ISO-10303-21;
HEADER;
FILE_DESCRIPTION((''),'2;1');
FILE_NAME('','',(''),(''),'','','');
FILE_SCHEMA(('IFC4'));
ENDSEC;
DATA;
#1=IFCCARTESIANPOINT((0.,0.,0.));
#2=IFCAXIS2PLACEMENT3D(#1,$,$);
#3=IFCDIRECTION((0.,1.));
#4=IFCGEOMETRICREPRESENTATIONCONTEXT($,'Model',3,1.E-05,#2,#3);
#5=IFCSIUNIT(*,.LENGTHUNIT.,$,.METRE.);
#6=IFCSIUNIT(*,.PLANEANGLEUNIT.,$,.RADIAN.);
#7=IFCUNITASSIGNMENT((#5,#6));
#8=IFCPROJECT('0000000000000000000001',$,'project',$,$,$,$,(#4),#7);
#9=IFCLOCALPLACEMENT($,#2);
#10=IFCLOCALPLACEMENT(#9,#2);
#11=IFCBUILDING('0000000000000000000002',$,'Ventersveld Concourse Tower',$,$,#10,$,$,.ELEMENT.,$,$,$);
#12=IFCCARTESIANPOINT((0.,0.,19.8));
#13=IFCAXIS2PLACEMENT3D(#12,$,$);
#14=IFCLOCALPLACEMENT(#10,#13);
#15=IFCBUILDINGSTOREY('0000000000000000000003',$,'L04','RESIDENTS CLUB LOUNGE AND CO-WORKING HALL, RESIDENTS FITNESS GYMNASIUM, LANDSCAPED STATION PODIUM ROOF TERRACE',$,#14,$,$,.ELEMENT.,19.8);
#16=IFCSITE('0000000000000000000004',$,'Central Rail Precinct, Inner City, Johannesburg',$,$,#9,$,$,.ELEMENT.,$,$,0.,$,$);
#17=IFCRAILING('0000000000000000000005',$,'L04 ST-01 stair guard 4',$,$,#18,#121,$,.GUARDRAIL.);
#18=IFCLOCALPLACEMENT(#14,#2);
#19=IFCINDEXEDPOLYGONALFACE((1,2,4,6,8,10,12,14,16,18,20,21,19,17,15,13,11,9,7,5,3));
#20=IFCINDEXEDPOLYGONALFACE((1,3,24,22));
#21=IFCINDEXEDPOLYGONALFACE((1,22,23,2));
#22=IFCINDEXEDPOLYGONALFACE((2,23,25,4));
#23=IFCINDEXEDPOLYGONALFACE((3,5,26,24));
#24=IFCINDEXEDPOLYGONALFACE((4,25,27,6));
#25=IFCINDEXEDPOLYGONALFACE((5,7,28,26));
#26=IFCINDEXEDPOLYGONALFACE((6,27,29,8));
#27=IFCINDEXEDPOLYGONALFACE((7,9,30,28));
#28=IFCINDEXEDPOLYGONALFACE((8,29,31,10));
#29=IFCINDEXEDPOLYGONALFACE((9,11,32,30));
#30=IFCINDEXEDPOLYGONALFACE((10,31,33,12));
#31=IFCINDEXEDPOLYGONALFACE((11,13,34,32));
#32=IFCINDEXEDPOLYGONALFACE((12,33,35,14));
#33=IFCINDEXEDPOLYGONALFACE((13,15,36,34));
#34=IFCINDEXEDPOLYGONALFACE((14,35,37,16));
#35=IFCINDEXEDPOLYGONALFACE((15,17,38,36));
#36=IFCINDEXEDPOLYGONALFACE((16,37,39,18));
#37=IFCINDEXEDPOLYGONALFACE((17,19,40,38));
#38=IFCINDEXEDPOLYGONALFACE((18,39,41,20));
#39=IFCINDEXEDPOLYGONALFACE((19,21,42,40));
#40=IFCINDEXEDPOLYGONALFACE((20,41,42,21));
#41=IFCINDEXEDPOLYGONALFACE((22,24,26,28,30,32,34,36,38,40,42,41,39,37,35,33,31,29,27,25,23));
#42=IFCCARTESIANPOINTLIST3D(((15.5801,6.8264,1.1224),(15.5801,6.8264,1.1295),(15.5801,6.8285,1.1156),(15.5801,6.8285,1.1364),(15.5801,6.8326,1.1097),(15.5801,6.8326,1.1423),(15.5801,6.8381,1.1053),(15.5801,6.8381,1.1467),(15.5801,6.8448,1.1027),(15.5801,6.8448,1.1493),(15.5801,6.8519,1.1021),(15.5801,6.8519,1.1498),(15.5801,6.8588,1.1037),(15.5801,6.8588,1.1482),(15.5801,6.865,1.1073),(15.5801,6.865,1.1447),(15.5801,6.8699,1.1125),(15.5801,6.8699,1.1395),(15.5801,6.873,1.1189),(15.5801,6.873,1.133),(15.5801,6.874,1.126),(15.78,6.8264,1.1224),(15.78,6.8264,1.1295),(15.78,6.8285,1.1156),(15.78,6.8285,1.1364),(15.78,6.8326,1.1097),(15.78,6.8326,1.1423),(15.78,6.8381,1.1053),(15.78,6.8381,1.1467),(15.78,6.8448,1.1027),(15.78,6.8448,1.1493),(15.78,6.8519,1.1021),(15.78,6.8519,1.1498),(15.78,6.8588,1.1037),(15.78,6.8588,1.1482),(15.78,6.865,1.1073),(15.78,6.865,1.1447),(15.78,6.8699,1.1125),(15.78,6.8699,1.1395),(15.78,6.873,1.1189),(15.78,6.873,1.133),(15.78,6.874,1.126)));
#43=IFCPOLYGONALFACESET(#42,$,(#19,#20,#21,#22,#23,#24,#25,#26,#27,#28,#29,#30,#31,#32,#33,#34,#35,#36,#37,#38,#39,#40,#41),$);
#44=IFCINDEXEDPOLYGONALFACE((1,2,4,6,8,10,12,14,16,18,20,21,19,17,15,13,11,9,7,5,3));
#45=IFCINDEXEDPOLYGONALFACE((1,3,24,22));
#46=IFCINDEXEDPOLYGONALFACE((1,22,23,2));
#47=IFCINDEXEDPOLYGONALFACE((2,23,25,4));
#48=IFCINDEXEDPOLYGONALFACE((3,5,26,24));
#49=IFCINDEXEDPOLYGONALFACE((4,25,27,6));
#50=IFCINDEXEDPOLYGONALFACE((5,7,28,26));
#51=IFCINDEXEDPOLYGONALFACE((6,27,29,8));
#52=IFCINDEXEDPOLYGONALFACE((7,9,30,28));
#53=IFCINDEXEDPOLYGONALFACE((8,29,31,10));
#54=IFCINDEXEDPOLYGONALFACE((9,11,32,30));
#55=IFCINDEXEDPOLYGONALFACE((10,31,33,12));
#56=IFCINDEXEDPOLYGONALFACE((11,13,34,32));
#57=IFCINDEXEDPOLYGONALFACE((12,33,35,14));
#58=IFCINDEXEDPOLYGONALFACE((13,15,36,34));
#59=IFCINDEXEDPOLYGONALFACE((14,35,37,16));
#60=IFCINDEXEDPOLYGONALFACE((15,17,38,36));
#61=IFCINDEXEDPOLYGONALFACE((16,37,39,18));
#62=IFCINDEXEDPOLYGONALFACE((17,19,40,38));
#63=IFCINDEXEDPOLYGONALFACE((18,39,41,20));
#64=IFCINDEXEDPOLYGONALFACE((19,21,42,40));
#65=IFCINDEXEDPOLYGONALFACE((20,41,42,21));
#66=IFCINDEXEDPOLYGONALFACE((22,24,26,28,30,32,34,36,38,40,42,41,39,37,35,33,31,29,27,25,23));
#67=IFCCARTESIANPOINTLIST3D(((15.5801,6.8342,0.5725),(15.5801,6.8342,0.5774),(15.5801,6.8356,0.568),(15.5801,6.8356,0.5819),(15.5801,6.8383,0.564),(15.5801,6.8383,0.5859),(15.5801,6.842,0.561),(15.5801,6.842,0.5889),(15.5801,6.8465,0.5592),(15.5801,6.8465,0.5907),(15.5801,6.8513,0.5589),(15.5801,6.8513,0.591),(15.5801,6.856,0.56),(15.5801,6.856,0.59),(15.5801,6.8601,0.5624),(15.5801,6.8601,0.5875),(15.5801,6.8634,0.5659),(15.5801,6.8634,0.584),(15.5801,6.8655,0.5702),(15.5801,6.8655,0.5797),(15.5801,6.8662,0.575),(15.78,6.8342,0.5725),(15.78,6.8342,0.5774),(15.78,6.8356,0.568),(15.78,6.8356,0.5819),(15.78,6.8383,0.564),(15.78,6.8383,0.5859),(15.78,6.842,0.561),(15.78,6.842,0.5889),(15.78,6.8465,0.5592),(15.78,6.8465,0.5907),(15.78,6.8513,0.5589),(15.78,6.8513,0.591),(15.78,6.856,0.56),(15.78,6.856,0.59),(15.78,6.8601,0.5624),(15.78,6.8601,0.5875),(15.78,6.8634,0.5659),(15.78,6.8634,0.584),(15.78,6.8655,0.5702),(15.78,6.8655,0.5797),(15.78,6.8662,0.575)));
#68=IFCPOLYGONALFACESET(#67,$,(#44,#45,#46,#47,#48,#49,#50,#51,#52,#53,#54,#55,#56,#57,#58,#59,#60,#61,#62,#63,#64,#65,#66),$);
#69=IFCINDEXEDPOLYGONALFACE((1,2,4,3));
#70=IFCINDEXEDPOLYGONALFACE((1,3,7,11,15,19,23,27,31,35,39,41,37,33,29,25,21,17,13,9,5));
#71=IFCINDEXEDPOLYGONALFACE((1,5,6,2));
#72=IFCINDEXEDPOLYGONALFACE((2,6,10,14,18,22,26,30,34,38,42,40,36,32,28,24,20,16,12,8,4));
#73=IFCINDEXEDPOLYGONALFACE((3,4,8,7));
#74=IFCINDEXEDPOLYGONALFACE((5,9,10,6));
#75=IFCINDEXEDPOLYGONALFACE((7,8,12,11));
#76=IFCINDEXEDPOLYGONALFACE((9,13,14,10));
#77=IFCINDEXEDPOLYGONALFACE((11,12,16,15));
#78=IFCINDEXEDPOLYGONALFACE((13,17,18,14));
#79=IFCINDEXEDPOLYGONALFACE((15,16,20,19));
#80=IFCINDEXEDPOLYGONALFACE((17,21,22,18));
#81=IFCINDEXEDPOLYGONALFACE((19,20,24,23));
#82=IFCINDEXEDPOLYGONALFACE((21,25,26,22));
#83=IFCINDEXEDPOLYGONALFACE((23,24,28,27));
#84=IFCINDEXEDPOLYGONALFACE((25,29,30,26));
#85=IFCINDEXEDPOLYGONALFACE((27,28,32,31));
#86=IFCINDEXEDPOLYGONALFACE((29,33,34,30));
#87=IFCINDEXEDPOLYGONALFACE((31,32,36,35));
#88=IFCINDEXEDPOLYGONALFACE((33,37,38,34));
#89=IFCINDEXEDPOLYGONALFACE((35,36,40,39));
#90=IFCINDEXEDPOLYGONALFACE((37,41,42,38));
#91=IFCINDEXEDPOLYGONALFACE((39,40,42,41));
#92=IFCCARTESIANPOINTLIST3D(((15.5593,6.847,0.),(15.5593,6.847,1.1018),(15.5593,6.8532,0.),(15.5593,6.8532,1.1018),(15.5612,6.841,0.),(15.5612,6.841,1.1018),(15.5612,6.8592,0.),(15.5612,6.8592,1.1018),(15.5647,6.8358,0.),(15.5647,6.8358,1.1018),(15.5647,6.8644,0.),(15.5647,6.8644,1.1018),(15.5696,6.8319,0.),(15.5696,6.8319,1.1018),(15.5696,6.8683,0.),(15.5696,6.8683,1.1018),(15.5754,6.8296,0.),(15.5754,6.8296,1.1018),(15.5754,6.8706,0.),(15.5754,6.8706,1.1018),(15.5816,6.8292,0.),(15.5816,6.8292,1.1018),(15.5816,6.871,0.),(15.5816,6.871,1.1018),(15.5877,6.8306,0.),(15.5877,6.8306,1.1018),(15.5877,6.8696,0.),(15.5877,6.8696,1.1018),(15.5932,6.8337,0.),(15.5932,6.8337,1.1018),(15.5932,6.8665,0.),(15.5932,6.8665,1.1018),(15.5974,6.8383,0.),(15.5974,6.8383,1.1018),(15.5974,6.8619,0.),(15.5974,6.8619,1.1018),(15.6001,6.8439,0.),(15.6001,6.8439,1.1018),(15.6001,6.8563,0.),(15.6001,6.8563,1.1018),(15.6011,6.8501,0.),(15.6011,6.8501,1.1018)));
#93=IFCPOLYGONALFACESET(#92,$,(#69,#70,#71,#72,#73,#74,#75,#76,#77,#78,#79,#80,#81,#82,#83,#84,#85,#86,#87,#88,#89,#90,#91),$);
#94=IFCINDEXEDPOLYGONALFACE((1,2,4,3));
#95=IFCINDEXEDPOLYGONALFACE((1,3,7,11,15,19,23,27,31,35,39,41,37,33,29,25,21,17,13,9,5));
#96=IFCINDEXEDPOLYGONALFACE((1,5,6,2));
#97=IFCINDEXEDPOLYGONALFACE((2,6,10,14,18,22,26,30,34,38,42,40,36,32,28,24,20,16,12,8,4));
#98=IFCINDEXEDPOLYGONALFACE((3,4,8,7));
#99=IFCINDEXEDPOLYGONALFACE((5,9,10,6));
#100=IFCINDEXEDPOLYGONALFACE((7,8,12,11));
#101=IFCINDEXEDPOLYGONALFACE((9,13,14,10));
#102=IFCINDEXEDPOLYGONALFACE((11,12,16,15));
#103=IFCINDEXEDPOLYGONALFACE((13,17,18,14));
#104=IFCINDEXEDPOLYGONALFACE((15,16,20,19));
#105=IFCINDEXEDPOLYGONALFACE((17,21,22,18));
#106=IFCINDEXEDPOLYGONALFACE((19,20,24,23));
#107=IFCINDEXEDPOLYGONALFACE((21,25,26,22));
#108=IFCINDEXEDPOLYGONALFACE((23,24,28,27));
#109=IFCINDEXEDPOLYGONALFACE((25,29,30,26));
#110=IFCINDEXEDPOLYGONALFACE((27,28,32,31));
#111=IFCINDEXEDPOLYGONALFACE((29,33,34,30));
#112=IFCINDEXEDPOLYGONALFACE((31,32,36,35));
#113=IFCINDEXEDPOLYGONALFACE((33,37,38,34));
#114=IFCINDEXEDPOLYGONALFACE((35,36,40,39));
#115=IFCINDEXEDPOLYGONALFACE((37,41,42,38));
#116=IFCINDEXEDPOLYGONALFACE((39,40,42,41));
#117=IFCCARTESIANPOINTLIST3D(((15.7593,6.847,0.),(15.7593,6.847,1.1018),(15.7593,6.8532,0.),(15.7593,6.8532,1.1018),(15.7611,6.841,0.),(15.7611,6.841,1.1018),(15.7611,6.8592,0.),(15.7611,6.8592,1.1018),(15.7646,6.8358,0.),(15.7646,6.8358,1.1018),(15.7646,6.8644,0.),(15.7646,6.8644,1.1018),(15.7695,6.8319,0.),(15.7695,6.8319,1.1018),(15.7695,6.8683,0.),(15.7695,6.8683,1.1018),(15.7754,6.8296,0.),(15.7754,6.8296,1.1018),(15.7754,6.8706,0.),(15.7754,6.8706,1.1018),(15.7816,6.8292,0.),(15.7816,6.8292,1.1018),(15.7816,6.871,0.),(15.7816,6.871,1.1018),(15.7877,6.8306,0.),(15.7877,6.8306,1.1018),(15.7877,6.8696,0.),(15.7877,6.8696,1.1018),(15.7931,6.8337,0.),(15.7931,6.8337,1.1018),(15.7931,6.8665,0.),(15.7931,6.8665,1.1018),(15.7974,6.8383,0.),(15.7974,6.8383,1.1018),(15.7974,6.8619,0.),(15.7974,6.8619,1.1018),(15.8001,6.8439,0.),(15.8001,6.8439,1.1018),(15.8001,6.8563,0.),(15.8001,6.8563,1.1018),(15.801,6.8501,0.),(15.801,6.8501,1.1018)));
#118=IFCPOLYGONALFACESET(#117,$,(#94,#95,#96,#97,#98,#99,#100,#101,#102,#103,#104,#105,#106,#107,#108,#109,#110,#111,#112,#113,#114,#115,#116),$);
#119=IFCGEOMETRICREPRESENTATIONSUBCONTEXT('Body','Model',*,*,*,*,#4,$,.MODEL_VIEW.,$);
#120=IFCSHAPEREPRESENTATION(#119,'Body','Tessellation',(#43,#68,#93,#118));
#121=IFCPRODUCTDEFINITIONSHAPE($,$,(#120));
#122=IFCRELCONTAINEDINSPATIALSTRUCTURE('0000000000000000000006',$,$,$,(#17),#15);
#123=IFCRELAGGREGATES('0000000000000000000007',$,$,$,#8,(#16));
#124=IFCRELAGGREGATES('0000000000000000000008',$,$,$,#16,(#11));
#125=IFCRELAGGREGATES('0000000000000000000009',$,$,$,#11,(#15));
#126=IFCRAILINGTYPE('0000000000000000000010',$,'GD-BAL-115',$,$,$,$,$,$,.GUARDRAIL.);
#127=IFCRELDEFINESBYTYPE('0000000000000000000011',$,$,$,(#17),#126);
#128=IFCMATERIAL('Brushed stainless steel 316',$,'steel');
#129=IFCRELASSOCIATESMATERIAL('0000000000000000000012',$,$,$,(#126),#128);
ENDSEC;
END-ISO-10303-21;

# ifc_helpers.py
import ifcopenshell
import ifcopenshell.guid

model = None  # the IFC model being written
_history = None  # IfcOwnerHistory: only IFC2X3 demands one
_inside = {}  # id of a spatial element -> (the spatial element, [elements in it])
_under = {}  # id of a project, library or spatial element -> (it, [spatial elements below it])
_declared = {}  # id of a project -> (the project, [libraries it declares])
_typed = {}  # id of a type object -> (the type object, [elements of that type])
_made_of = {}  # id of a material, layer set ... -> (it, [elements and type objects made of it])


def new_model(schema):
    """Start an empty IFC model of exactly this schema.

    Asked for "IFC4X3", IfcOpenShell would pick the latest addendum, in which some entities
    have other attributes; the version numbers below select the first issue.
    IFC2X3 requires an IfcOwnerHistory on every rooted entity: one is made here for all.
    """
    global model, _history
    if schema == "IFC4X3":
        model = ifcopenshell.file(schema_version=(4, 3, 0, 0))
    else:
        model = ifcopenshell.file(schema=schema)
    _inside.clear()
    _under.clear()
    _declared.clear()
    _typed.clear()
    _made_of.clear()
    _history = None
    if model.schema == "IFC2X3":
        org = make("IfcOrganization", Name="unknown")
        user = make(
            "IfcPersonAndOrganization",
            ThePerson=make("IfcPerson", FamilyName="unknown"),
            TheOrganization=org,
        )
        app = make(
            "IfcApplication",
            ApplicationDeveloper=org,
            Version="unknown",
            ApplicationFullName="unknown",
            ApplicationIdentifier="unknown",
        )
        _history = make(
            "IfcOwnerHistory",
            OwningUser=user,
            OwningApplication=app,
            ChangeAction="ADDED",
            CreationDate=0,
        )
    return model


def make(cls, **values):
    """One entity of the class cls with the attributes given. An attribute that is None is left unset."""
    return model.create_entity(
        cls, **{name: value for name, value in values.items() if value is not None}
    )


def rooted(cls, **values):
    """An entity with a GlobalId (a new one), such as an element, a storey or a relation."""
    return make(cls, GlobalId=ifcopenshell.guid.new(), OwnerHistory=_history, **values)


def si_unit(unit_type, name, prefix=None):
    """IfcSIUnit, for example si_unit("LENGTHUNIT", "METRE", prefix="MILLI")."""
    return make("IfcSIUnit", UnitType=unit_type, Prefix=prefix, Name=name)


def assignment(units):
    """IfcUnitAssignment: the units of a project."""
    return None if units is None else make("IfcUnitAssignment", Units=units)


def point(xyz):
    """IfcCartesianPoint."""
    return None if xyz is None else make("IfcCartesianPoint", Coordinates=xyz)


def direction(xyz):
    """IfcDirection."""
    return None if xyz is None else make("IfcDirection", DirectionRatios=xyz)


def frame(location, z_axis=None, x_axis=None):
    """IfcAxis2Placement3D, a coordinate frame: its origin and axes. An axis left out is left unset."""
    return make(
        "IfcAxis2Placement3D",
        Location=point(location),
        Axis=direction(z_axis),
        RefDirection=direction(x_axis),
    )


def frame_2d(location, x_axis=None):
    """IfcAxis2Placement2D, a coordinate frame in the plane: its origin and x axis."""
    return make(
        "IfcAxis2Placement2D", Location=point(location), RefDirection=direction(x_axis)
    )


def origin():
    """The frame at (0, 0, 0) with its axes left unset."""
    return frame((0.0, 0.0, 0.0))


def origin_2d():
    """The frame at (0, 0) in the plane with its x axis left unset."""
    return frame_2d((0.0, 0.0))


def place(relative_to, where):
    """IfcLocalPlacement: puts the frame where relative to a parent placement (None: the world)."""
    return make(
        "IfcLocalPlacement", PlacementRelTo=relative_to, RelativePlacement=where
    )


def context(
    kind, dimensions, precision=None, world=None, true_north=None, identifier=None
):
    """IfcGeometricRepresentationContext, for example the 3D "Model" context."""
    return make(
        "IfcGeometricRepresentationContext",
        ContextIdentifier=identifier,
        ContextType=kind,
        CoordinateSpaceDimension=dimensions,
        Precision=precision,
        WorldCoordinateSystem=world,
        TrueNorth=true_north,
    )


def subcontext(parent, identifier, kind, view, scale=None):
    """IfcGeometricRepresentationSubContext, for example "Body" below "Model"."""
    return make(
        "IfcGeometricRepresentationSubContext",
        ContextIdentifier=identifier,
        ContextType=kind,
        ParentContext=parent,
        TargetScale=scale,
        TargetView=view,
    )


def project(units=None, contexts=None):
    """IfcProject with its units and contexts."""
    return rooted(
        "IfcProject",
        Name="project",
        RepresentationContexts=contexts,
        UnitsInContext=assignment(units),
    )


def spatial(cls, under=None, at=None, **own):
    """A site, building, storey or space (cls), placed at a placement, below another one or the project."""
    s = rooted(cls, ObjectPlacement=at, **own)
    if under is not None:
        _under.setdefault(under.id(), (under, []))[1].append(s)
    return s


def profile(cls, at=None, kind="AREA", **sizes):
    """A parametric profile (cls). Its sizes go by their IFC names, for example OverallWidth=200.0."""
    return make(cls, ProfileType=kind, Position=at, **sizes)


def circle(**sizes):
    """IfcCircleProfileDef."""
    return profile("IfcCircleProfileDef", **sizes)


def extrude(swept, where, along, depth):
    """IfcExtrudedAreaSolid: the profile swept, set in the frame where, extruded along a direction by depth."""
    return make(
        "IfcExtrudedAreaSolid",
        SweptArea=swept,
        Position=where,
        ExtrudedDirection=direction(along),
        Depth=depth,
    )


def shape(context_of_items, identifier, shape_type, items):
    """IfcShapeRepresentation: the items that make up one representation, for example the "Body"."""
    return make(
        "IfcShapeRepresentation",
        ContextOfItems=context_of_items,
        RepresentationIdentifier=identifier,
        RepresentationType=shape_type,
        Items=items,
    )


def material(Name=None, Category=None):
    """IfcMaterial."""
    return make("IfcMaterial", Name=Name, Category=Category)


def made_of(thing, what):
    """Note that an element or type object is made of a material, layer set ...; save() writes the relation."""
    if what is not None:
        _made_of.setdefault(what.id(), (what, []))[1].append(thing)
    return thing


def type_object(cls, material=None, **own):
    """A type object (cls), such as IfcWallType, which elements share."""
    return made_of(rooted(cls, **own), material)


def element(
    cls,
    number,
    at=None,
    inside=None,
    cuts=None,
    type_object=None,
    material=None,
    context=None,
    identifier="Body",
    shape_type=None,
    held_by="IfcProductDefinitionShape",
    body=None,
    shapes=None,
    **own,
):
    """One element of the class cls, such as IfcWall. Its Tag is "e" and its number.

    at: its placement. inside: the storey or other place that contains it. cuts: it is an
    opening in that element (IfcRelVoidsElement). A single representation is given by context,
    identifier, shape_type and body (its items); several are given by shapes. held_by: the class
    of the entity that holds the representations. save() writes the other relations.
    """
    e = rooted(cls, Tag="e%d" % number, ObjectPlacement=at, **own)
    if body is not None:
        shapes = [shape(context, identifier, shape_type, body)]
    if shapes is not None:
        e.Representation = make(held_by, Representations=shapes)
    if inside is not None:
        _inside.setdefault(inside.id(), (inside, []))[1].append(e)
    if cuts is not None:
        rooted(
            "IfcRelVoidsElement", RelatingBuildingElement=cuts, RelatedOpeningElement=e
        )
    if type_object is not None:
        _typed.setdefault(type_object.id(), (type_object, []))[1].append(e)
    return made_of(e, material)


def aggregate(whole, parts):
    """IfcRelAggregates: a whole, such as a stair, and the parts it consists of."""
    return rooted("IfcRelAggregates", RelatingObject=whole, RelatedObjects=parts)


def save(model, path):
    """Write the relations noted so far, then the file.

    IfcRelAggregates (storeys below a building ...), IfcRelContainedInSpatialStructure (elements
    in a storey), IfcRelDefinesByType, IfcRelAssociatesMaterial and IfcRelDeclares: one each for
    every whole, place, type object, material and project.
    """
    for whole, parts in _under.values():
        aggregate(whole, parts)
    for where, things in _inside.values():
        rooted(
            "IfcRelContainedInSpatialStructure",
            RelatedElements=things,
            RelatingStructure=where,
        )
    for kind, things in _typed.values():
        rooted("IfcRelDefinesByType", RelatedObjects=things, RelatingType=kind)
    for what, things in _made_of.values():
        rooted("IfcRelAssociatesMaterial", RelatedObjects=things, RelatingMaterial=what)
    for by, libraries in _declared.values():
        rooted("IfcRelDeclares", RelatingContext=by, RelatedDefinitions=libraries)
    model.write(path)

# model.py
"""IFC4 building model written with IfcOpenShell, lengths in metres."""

from ifc_helpers import new_model, si_unit, direction, frame, origin, origin_2d, place, context, subcontext, project, spatial, circle, extrude, material, type_object, element, save


model = new_model("IFC4")

# Units and contexts
model_context = context("Model", 3, precision=1e-05, world=origin(), true_north=direction((0.0, 1.0)))
body_context = subcontext(model_context, "Body", "Model", "MODEL_VIEW")
ifc_project = project(units=[si_unit("LENGTHUNIT", "METRE"), si_unit("PLANEANGLEUNIT", "RADIAN")], contexts=[model_context])

# Site, building, storey
site_placement = place(None, origin())
site = spatial("IfcSite", under=ifc_project, at=site_placement, Name="Central Rail Precinct, Inner City, Johannesburg", CompositionType="ELEMENT", RefElevation=0.0)
building_placement = place(site_placement, origin())
building = spatial("IfcBuilding", under=site, at=building_placement, Name="Ventersveld Concourse Tower", CompositionType="ELEMENT")
storey_placement = place(building_placement, frame((0.0, 0.0, 19.8)))
storey = spatial("IfcBuildingStorey", under=building, at=storey_placement, Name="L04", Description="RESIDENTS CLUB LOUNGE AND CO-WORKING HALL, RESIDENTS FITNESS GYMNASIUM, LANDSCAPED STATION PODIUM ROOF TERRACE", CompositionType="ELEMENT", Elevation=19.8)

# Shared definitions
ifc_material_1 = material(Name="Brushed stainless steel 316", Category="steel")

# Railing
railing_type_1 = type_object("IfcRailingType", Name="GD-BAL-115", PredefinedType="GUARDRAIL", material=ifc_material_1)
railing_1_placement = place(storey_placement, frame((15.5801, 6.8501, 0.0)))
element("IfcRailing", 1, at=railing_1_placement, inside=storey, type_object=railing_type_1, Name="L04 ST-01 stair guard 4", PredefinedType="GUARDRAIL", context=body_context, shape_type="SweptSolid", body=[
    extrude(circle(Radius=0.0239, at=origin_2d()), frame((0.0, 0.0, 1.126), z_axis=(1.0, 0.0, 0.0), x_axis=(0.0, 1.0, 0.0)), (0.0, 0.0, 1.0), 0.2),
    extrude(circle(Radius=0.0161, at=origin_2d()), frame((0.0, 0.0, 0.575), z_axis=(1.0, 0.0, 0.0), x_axis=(0.0, 1.0, 0.0)), (0.0, 0.0, 1.0), 0.2),
    extrude(circle(Radius=0.021, at=origin_2d()), origin(), (0.0, 0.0, 1.0), 1.1018),
    extrude(circle(Radius=0.021, at=origin_2d()), frame((0.2, 0.0, 0.0)), (0.0, 0.0, 1.0), 1.1018),
])

save(model, "model.ifc")
